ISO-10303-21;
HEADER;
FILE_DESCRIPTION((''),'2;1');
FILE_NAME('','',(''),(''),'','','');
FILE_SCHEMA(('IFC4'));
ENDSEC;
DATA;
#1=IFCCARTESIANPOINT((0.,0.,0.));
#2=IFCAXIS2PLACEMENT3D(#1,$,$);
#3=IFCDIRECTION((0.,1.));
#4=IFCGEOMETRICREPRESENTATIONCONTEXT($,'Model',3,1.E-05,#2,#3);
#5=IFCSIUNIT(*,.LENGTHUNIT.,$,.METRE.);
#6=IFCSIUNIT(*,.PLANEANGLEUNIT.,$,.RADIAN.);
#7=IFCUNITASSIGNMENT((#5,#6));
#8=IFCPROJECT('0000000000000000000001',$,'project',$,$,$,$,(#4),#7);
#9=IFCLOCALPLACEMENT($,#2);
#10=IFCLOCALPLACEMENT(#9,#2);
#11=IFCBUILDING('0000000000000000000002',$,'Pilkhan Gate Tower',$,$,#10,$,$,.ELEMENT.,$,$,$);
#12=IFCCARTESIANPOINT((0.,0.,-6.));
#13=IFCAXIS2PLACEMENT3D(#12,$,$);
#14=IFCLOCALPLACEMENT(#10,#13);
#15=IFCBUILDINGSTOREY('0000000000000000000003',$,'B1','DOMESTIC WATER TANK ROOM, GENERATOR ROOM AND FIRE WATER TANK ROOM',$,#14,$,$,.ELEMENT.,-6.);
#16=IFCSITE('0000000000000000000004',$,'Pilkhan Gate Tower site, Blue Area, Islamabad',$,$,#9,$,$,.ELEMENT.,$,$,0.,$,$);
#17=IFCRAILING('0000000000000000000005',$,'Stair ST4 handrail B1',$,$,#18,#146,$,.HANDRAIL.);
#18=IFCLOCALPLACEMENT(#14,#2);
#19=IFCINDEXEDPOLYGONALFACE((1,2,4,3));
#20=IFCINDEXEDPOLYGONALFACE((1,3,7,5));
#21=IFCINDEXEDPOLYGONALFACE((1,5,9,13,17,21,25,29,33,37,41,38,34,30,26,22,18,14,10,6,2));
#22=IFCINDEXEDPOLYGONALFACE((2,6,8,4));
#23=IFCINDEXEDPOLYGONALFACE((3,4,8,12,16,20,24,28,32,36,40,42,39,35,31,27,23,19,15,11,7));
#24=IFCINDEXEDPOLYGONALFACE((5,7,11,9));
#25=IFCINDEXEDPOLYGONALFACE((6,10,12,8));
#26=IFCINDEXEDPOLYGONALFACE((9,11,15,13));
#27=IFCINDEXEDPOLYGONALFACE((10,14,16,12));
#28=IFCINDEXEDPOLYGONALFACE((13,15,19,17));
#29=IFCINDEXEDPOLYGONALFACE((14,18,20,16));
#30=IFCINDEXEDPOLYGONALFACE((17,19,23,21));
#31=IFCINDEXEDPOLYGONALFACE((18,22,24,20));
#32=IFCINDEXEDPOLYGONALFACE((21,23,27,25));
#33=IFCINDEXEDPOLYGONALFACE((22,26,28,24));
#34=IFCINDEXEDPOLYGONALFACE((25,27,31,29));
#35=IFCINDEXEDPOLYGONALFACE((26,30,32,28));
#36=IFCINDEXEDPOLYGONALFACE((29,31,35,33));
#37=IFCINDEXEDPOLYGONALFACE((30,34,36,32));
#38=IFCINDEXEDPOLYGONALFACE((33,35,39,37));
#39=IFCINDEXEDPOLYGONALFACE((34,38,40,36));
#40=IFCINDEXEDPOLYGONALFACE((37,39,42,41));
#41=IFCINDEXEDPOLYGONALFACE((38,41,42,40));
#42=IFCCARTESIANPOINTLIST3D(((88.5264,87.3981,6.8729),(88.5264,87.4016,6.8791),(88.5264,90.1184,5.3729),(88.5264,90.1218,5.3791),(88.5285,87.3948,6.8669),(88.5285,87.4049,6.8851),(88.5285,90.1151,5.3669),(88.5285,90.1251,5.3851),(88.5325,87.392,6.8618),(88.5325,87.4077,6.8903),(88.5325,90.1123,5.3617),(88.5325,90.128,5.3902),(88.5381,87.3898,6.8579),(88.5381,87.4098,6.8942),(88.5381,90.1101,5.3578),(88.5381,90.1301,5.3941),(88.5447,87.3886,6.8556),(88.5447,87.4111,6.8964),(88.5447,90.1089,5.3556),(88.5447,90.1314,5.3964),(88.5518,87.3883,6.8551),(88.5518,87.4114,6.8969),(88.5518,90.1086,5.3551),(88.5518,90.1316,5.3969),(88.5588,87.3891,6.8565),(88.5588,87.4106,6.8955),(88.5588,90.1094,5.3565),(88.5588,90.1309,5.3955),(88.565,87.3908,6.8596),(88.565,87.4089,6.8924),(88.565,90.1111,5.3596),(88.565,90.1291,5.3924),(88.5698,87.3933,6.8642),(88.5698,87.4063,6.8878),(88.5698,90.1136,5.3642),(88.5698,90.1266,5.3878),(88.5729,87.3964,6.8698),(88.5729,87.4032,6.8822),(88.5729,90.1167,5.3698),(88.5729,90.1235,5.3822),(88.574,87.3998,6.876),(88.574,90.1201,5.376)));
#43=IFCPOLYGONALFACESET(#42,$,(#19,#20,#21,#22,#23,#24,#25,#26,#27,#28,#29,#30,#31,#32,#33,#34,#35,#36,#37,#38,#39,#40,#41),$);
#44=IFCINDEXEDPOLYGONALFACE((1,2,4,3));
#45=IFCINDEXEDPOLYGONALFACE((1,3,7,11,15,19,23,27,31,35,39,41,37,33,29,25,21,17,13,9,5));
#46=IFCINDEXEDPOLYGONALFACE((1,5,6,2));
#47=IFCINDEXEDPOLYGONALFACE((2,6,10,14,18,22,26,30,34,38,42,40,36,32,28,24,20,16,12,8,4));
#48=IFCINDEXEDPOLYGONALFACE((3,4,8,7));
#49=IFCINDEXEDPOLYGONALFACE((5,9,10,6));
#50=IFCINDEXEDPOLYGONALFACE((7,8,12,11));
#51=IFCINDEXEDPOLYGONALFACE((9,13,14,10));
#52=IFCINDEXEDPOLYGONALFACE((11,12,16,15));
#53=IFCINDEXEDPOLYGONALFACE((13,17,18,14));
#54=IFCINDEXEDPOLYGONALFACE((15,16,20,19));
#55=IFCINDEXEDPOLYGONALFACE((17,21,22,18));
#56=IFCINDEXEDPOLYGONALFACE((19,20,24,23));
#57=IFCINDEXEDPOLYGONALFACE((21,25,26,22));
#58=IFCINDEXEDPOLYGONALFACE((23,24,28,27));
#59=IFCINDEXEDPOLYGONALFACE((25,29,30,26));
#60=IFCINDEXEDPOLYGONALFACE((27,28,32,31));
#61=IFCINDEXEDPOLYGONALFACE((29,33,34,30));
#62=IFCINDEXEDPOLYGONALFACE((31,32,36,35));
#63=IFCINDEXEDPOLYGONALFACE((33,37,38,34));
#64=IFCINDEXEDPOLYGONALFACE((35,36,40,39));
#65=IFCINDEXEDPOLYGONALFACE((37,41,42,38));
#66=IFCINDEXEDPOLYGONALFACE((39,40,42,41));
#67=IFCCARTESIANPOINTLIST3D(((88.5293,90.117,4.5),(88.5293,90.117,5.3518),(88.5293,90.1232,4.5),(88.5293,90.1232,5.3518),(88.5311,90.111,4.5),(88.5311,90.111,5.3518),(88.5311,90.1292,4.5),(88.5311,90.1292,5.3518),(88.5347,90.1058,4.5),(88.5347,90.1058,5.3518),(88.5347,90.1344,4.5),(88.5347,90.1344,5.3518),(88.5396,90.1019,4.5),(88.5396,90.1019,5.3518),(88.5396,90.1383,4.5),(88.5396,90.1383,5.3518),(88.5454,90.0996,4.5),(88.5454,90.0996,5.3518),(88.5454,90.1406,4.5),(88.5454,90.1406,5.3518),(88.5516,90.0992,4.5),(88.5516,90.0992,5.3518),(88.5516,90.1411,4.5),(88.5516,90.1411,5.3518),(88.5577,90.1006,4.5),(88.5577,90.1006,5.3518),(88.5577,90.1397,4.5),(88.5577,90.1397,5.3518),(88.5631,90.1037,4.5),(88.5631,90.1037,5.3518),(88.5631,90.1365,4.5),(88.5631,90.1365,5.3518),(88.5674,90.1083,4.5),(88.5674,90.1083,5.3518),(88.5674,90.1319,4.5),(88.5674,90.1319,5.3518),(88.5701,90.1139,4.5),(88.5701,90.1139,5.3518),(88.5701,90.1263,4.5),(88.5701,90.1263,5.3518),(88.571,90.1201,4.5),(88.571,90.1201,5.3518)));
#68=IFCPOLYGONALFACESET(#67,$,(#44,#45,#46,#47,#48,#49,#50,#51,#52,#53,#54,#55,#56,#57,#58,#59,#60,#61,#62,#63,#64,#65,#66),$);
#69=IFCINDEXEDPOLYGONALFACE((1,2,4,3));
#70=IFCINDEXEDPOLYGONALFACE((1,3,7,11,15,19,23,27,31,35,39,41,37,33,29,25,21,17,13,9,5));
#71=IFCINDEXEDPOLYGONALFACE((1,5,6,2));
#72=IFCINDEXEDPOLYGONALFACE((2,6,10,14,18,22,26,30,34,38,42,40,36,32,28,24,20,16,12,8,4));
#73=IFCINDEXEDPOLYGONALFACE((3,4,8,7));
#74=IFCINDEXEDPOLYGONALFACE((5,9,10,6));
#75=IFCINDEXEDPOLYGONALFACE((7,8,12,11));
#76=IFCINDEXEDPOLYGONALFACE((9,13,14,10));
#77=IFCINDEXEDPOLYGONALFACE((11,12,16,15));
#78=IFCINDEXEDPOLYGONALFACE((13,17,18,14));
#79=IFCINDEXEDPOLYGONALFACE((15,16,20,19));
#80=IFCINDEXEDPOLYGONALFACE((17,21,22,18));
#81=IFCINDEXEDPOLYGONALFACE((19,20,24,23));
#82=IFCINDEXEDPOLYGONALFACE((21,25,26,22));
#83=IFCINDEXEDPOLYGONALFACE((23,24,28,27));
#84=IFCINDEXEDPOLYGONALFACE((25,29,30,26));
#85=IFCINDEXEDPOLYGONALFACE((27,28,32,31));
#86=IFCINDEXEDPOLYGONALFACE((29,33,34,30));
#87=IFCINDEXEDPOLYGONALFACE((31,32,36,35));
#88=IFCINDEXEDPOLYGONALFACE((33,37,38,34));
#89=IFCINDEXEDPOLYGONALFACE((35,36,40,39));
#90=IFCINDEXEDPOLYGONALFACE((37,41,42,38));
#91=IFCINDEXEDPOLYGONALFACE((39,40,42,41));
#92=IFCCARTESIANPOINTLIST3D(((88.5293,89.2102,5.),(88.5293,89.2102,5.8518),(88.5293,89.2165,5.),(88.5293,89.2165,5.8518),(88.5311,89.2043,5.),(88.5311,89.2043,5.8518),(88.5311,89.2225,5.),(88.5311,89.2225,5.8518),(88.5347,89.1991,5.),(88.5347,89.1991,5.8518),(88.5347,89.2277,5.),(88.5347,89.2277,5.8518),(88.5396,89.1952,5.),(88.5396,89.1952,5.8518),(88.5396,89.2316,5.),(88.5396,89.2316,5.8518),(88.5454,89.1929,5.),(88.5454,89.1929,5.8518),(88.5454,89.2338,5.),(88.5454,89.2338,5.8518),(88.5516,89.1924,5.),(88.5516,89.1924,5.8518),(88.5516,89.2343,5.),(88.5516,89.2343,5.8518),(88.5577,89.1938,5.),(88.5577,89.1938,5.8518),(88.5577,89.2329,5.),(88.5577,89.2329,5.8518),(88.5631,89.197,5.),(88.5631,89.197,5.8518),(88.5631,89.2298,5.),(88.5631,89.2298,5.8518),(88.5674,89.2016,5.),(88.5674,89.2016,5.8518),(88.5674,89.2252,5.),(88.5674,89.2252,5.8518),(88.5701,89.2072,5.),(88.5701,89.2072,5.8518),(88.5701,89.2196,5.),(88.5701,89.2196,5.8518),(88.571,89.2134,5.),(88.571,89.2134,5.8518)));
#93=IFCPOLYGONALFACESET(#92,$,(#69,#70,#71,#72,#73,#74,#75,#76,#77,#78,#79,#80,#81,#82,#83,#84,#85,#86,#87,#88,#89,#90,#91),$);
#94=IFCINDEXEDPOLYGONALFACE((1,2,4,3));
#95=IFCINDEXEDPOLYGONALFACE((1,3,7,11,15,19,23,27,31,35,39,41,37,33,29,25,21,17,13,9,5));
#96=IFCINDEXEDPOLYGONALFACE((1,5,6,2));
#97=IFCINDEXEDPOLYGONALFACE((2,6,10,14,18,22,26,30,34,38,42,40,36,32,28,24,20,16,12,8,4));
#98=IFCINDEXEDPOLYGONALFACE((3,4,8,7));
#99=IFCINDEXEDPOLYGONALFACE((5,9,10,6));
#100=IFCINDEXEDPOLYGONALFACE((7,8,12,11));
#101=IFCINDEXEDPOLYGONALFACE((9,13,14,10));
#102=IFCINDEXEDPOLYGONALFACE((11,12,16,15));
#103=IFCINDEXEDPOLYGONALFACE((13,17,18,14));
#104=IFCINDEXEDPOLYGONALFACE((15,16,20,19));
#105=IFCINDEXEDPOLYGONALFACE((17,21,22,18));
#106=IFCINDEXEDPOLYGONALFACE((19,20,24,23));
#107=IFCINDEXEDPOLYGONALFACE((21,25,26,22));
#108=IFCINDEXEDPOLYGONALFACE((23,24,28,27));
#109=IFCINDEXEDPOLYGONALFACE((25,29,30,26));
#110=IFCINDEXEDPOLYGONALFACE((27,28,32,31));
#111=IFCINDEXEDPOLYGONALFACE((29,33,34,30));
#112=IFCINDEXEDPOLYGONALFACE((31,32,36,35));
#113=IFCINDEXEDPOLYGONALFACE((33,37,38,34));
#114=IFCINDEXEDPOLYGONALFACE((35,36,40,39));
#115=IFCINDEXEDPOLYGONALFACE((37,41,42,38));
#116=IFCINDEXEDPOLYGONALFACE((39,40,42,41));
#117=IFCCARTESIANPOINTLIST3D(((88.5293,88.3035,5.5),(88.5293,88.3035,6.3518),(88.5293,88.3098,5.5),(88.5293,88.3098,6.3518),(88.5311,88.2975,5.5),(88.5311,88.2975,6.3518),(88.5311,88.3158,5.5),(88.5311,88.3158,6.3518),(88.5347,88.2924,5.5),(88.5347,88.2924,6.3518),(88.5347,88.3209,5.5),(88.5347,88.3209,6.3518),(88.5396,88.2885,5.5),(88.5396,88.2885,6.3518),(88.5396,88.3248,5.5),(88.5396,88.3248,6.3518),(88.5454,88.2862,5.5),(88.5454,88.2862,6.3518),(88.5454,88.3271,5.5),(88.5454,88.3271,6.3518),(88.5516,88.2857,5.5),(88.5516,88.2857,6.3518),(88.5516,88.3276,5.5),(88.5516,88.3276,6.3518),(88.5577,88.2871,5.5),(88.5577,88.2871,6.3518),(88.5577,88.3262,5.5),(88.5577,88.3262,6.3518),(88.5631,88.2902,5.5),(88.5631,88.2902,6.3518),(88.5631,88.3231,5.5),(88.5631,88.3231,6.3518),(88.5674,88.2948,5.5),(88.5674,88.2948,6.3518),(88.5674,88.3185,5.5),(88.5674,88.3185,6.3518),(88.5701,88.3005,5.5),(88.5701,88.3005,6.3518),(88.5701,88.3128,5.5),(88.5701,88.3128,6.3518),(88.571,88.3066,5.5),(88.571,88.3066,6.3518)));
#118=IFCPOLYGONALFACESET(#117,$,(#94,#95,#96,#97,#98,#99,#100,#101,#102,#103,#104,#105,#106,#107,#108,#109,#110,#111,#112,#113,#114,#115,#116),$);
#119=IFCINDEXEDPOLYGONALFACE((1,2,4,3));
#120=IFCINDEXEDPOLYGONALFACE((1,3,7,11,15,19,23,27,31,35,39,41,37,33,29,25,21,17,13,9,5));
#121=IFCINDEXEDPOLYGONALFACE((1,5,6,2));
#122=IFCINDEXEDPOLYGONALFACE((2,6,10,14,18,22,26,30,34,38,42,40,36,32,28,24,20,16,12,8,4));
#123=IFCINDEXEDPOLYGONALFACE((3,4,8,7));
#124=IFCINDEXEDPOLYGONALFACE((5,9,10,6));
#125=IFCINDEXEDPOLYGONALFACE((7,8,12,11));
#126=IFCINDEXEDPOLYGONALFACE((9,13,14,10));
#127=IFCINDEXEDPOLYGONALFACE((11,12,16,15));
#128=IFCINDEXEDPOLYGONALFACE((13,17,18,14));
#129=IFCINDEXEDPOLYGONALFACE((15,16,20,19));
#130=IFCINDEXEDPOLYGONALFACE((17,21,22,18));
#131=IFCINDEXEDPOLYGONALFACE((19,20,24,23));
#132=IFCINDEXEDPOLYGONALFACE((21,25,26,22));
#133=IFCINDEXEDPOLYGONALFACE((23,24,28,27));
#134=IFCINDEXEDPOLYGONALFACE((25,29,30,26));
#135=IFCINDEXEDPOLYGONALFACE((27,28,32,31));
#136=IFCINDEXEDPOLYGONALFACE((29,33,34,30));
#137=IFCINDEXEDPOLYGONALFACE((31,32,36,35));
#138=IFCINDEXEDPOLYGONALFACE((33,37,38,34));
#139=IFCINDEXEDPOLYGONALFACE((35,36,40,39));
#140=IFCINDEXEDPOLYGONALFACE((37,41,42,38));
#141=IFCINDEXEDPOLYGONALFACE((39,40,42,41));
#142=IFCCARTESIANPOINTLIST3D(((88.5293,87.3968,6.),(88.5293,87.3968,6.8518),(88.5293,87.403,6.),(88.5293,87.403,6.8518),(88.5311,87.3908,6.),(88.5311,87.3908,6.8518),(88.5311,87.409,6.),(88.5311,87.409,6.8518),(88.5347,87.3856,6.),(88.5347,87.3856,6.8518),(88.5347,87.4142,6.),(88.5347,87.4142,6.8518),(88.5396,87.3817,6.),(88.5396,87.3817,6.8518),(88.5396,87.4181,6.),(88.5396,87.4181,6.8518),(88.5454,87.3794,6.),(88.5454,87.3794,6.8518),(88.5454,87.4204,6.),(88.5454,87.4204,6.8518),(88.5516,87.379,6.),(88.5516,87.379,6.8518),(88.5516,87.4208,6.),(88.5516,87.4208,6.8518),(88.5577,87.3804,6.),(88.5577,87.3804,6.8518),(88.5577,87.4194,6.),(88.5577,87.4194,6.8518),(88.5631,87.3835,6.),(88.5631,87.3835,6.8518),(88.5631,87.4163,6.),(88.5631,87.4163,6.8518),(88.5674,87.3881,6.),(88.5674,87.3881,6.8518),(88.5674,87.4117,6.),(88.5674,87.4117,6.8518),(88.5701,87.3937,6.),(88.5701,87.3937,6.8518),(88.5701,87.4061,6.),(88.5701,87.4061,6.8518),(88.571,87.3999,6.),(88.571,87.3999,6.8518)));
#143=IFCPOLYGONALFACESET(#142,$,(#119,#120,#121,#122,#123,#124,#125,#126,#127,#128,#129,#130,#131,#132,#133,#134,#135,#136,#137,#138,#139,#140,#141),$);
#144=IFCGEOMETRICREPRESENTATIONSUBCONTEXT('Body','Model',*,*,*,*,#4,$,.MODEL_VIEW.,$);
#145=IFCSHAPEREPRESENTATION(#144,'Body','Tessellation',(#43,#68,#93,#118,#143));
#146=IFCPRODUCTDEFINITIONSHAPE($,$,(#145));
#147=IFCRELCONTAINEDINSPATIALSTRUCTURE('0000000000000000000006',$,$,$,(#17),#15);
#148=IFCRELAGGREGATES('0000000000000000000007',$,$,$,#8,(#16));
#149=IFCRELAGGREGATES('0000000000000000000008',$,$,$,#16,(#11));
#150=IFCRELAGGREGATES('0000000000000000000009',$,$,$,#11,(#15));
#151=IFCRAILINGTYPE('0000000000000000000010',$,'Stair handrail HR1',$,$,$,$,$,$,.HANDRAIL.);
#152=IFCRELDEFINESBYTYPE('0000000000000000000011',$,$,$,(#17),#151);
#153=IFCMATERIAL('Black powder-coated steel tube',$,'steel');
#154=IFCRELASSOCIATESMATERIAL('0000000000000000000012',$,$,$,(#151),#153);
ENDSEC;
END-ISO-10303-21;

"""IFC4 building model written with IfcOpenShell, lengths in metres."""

from ifc_helpers import new_model, si_unit, direction, frame, origin, origin_2d, place, context, subcontext, project, spatial, circle, extrude, material, type_object, element, save


model = new_model("IFC4")

# Units and contexts
model_context = context("Model", 3, precision=1e-05, world=origin(), true_north=direction((0.0, 1.0)))
body_context = subcontext(model_context, "Body", "Model", "MODEL_VIEW")
ifc_project = project(units=[si_unit("LENGTHUNIT", "METRE"), si_unit("PLANEANGLEUNIT", "RADIAN")], contexts=[model_context])

# Site, building, storey
site_placement = place(None, origin())
site = spatial("IfcSite", under=ifc_project, at=site_placement, Name="Pilkhan Gate Tower site, Blue Area, Islamabad", CompositionType="ELEMENT", RefElevation=0.0)
building_placement = place(site_placement, origin())
building = spatial("IfcBuilding", under=site, at=building_placement, Name="Pilkhan Gate Tower", CompositionType="ELEMENT")
storey_placement = place(building_placement, frame((0.0, 0.0, -6.0)))
storey = spatial("IfcBuildingStorey", under=building, at=storey_placement, Name="B1", Description="DOMESTIC WATER TANK ROOM, GENERATOR ROOM AND FIRE WATER TANK ROOM", CompositionType="ELEMENT", Elevation=-6.0)

# Railing
ifc_material_1 = material(Name="Black powder-coated steel tube", Category="steel")
railing_type_1 = type_object("IfcRailingType", Name="Stair handrail HR1", PredefinedType="HANDRAIL", material=ifc_material_1)
for number, where, name in (
    (1, (88.55, 90.1201, 4.5), "Stair ST4 handrail B1"),
):
    element("IfcRailing", number, at=place(storey_placement, frame(where)), inside=storey, type_object=railing_type_1, Name=name, PredefinedType="HANDRAIL", context=body_context, shape_type="SweptSolid", body=[
        extrude(circle(Radius=0.0239, at=origin_2d()), frame((0.0, 0.0, 0.876), z_axis=(0.0, -0.875688, 0.482878), x_axis=(1.0, 0.0, 0.0)), (0.0, 0.0, 1.0), 3.1064),
        extrude(circle(Radius=0.021, at=origin_2d()), origin(), (0.0, 0.0, 1.0), 0.8518),
        extrude(circle(Radius=0.021, at=origin_2d()), frame((0.0, -0.9067, 0.5)), (0.0, 0.0, 1.0), 0.8518),
        extrude(circle(Radius=0.021, at=origin_2d()), frame((0.0, -1.8135, 1.0)), (0.0, 0.0, 1.0), 0.8518),
        extrude(circle(Radius=0.021, at=origin_2d()), frame((0.0, -2.7202, 1.5)), (0.0, 0.0, 1.0), 0.8518),
    ])

save(model, "model.ifc")
